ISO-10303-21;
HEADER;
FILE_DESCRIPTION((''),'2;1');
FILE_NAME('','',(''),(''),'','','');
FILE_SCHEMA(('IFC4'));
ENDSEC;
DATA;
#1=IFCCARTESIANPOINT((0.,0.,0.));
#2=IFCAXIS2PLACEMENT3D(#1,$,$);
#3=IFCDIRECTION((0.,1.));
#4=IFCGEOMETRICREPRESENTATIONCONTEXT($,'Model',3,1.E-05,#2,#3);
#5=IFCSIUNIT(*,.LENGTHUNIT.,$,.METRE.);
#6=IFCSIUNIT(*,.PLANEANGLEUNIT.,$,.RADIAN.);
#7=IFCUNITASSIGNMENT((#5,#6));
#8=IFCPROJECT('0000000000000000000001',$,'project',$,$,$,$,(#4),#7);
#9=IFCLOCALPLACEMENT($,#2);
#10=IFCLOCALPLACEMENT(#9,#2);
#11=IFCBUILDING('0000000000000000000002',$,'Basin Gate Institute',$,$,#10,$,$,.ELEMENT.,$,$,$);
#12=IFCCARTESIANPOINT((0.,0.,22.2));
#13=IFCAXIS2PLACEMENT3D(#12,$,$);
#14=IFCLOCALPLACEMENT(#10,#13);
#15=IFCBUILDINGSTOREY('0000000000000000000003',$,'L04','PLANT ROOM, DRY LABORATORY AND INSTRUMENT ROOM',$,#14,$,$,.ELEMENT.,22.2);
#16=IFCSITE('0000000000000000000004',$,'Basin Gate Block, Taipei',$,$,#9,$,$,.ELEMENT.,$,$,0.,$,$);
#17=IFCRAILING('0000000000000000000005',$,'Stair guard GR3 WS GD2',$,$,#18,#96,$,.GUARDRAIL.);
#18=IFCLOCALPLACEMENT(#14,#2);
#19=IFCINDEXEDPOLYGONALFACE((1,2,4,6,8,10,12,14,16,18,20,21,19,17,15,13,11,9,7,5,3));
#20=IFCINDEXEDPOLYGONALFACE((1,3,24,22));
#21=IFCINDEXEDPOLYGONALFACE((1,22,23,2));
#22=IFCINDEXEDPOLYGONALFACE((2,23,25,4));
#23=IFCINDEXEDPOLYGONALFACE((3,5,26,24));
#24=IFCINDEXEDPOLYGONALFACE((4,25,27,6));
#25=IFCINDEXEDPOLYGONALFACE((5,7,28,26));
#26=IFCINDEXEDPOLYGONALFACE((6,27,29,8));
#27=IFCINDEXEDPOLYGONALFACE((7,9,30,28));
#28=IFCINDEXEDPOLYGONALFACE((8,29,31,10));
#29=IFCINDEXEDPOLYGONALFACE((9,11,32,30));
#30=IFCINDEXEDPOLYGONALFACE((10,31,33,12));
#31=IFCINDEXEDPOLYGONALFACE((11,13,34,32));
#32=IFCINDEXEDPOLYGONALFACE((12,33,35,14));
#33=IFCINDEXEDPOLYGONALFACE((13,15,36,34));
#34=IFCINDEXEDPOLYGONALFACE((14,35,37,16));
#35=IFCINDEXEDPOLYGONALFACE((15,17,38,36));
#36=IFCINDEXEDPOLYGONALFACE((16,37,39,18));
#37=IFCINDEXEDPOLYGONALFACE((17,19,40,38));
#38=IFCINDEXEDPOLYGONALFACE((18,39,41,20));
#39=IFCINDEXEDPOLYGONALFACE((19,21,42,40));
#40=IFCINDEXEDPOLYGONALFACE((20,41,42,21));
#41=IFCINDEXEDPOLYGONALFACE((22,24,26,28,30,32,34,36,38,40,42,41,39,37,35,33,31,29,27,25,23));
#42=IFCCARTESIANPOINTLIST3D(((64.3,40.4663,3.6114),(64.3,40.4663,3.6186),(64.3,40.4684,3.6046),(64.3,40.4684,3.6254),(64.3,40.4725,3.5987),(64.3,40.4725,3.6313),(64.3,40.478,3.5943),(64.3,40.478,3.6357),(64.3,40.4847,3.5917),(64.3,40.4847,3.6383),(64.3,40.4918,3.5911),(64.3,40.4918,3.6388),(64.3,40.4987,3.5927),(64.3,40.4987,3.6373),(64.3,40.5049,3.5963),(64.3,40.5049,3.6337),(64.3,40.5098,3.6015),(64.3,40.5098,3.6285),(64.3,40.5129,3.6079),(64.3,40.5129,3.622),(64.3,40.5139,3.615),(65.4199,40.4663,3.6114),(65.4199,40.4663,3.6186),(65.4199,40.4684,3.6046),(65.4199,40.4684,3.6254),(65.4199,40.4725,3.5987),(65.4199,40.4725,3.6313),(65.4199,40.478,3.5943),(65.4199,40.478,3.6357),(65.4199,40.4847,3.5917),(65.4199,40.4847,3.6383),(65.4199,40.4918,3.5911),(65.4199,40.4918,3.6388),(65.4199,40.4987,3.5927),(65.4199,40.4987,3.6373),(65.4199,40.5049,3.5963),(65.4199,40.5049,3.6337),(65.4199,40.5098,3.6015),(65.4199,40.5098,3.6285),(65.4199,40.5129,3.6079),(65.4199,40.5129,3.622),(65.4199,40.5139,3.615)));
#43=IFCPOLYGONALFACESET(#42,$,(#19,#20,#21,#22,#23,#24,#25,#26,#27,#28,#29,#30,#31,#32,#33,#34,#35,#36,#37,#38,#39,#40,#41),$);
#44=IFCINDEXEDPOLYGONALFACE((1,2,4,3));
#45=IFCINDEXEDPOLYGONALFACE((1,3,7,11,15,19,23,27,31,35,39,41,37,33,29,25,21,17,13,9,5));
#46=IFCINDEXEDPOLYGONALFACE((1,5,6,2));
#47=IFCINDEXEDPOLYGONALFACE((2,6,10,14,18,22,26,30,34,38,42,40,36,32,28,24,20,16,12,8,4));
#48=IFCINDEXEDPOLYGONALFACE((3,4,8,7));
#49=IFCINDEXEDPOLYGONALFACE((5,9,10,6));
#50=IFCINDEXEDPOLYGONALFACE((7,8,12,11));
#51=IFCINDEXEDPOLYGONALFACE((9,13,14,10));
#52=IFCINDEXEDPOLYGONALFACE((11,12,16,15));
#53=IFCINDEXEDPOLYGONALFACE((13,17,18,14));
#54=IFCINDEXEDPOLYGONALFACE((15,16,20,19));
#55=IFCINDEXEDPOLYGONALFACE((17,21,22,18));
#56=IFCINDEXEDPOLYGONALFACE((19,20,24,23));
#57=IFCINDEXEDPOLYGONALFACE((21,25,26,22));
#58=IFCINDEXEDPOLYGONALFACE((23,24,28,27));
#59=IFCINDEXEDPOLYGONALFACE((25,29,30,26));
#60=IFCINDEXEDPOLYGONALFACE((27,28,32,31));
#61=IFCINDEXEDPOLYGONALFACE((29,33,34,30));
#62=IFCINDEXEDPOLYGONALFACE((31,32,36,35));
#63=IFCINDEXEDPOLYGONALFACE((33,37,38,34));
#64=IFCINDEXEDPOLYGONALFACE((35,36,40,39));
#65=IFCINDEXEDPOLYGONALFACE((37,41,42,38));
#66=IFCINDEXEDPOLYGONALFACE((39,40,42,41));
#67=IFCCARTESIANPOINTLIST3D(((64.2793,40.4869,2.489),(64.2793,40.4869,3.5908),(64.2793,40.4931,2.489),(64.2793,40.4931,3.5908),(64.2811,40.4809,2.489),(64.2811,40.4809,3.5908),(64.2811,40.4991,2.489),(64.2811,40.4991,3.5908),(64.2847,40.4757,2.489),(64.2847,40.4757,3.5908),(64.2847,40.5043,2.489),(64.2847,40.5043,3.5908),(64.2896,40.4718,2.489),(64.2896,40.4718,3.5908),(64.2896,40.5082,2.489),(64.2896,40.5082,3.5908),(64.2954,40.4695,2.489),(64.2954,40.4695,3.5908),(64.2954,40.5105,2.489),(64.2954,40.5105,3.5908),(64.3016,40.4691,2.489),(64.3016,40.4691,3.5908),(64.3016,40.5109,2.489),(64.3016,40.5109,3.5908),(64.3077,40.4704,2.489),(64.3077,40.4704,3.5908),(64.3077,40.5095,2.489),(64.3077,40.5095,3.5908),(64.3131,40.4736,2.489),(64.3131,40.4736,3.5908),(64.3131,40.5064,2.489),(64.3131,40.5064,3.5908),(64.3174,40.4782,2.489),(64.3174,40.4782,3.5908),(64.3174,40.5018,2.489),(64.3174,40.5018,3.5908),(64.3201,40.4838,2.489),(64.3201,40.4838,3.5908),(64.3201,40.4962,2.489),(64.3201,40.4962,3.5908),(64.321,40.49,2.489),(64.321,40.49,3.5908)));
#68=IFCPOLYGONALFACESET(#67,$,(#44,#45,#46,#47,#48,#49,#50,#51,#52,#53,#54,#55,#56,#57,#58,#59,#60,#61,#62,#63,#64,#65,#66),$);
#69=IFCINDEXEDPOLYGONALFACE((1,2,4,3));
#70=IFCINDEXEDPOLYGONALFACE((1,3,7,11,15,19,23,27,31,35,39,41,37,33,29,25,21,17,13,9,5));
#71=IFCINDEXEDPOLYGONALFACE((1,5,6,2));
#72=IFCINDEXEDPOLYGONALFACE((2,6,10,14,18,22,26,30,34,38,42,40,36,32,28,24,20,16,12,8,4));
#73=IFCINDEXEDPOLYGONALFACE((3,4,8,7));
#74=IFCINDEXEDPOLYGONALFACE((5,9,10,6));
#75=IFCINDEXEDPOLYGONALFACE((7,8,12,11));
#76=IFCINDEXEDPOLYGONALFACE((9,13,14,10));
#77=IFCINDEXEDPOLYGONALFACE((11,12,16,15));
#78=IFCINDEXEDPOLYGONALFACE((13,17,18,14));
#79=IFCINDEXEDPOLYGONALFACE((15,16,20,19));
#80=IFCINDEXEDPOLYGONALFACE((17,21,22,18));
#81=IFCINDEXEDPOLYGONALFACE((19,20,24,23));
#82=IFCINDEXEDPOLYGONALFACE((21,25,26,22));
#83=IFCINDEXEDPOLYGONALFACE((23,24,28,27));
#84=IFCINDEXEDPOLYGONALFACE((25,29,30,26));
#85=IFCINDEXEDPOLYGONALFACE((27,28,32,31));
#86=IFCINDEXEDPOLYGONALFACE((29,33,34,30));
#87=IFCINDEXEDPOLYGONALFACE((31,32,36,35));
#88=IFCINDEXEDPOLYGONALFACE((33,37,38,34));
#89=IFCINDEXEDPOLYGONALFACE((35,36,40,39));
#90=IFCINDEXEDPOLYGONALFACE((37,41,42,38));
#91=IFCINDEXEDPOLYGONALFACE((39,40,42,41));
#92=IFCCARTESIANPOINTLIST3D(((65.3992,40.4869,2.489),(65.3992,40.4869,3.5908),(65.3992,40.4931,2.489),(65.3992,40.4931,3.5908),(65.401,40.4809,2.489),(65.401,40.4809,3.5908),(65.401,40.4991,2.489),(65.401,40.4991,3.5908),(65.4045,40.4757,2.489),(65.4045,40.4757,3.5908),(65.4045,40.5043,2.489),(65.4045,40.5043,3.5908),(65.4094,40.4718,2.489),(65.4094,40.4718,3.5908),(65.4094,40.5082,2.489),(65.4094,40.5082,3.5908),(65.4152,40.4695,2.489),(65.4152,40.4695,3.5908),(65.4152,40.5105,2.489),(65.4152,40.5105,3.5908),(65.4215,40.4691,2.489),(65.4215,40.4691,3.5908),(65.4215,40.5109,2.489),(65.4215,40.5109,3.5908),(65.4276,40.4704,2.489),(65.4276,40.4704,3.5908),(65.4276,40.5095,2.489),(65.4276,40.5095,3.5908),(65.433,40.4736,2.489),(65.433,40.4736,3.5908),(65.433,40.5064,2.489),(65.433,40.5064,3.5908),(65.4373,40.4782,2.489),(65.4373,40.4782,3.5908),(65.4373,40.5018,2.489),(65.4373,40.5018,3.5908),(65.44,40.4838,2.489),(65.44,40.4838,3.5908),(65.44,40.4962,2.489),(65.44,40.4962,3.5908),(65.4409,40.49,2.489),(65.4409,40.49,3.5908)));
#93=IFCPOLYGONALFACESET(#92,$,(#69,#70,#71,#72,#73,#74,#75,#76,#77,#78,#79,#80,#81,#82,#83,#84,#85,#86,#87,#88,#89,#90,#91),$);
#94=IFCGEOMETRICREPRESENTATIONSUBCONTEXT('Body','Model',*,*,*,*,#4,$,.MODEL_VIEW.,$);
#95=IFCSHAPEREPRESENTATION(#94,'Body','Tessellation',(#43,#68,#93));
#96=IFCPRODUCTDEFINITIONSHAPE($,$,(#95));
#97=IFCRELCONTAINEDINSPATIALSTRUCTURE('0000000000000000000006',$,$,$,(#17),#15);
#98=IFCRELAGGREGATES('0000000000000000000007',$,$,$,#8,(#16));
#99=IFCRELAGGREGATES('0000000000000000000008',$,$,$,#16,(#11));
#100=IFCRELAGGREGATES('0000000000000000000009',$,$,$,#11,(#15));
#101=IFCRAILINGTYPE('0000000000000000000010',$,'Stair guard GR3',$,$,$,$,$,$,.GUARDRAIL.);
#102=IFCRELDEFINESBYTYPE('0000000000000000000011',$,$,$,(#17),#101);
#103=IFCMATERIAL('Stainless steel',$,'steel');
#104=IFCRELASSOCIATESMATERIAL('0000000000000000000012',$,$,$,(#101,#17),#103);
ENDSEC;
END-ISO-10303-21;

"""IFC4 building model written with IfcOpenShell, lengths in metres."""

from ifc_helpers import new_model, si_unit, direction, frame, origin, origin_2d, place, context, subcontext, project, spatial, circle, extrude, material, type_object, element, save


model = new_model("IFC4")

# Units and contexts
model_context = context("Model", 3, precision=1e-05, world=origin(), true_north=direction((0.0, 1.0)))
body_context = subcontext(model_context, "Body", "Model", "MODEL_VIEW")
ifc_project = project(units=[si_unit("LENGTHUNIT", "METRE"), si_unit("PLANEANGLEUNIT", "RADIAN")], contexts=[model_context])

# Site, building, storey
site_placement = place(None, origin())
site = spatial("IfcSite", under=ifc_project, at=site_placement, Name="Basin Gate Block, Taipei", CompositionType="ELEMENT", RefElevation=0.0)
building_placement = place(site_placement, origin())
building = spatial("IfcBuilding", under=site, at=building_placement, Name="Basin Gate Institute", CompositionType="ELEMENT")
storey_placement = place(building_placement, frame((0.0, 0.0, 22.2)))
storey = spatial("IfcBuildingStorey", under=building, at=storey_placement, Name="L04", Description="PLANT ROOM, DRY LABORATORY AND INSTRUMENT ROOM", CompositionType="ELEMENT", Elevation=22.2)

# Railing
ifc_material_1 = material(Name="Stainless steel", Category="steel")
railing_type_1 = type_object("IfcRailingType", Name="Stair guard GR3", PredefinedType="GUARDRAIL", material=ifc_material_1)
railing_1_placement = place(storey_placement, frame((64.3, 40.49, 2.489)))
element("IfcRailing", 1, at=railing_1_placement, inside=storey, type_object=railing_type_1, material=ifc_material_1, Name="Stair guard GR3 WS GD2", PredefinedType="GUARDRAIL", context=body_context, shape_type="SweptSolid", body=[
    extrude(circle(Radius=0.0239, at=origin_2d()), frame((0.0, 0.0, 1.126), z_axis=(1.0, 0.0, 0.0), x_axis=(0.0, 1.0, 0.0)), (0.0, 0.0, 1.0), 1.1199),
    extrude(circle(Radius=0.021, at=origin_2d()), origin(), (0.0, 0.0, 1.0), 1.1018),
    extrude(circle(Radius=0.021, at=origin_2d()), frame((1.1199, 0.0, 0.0)), (0.0, 0.0, 1.0), 1.1018),
])

save(model, "model.ifc")
